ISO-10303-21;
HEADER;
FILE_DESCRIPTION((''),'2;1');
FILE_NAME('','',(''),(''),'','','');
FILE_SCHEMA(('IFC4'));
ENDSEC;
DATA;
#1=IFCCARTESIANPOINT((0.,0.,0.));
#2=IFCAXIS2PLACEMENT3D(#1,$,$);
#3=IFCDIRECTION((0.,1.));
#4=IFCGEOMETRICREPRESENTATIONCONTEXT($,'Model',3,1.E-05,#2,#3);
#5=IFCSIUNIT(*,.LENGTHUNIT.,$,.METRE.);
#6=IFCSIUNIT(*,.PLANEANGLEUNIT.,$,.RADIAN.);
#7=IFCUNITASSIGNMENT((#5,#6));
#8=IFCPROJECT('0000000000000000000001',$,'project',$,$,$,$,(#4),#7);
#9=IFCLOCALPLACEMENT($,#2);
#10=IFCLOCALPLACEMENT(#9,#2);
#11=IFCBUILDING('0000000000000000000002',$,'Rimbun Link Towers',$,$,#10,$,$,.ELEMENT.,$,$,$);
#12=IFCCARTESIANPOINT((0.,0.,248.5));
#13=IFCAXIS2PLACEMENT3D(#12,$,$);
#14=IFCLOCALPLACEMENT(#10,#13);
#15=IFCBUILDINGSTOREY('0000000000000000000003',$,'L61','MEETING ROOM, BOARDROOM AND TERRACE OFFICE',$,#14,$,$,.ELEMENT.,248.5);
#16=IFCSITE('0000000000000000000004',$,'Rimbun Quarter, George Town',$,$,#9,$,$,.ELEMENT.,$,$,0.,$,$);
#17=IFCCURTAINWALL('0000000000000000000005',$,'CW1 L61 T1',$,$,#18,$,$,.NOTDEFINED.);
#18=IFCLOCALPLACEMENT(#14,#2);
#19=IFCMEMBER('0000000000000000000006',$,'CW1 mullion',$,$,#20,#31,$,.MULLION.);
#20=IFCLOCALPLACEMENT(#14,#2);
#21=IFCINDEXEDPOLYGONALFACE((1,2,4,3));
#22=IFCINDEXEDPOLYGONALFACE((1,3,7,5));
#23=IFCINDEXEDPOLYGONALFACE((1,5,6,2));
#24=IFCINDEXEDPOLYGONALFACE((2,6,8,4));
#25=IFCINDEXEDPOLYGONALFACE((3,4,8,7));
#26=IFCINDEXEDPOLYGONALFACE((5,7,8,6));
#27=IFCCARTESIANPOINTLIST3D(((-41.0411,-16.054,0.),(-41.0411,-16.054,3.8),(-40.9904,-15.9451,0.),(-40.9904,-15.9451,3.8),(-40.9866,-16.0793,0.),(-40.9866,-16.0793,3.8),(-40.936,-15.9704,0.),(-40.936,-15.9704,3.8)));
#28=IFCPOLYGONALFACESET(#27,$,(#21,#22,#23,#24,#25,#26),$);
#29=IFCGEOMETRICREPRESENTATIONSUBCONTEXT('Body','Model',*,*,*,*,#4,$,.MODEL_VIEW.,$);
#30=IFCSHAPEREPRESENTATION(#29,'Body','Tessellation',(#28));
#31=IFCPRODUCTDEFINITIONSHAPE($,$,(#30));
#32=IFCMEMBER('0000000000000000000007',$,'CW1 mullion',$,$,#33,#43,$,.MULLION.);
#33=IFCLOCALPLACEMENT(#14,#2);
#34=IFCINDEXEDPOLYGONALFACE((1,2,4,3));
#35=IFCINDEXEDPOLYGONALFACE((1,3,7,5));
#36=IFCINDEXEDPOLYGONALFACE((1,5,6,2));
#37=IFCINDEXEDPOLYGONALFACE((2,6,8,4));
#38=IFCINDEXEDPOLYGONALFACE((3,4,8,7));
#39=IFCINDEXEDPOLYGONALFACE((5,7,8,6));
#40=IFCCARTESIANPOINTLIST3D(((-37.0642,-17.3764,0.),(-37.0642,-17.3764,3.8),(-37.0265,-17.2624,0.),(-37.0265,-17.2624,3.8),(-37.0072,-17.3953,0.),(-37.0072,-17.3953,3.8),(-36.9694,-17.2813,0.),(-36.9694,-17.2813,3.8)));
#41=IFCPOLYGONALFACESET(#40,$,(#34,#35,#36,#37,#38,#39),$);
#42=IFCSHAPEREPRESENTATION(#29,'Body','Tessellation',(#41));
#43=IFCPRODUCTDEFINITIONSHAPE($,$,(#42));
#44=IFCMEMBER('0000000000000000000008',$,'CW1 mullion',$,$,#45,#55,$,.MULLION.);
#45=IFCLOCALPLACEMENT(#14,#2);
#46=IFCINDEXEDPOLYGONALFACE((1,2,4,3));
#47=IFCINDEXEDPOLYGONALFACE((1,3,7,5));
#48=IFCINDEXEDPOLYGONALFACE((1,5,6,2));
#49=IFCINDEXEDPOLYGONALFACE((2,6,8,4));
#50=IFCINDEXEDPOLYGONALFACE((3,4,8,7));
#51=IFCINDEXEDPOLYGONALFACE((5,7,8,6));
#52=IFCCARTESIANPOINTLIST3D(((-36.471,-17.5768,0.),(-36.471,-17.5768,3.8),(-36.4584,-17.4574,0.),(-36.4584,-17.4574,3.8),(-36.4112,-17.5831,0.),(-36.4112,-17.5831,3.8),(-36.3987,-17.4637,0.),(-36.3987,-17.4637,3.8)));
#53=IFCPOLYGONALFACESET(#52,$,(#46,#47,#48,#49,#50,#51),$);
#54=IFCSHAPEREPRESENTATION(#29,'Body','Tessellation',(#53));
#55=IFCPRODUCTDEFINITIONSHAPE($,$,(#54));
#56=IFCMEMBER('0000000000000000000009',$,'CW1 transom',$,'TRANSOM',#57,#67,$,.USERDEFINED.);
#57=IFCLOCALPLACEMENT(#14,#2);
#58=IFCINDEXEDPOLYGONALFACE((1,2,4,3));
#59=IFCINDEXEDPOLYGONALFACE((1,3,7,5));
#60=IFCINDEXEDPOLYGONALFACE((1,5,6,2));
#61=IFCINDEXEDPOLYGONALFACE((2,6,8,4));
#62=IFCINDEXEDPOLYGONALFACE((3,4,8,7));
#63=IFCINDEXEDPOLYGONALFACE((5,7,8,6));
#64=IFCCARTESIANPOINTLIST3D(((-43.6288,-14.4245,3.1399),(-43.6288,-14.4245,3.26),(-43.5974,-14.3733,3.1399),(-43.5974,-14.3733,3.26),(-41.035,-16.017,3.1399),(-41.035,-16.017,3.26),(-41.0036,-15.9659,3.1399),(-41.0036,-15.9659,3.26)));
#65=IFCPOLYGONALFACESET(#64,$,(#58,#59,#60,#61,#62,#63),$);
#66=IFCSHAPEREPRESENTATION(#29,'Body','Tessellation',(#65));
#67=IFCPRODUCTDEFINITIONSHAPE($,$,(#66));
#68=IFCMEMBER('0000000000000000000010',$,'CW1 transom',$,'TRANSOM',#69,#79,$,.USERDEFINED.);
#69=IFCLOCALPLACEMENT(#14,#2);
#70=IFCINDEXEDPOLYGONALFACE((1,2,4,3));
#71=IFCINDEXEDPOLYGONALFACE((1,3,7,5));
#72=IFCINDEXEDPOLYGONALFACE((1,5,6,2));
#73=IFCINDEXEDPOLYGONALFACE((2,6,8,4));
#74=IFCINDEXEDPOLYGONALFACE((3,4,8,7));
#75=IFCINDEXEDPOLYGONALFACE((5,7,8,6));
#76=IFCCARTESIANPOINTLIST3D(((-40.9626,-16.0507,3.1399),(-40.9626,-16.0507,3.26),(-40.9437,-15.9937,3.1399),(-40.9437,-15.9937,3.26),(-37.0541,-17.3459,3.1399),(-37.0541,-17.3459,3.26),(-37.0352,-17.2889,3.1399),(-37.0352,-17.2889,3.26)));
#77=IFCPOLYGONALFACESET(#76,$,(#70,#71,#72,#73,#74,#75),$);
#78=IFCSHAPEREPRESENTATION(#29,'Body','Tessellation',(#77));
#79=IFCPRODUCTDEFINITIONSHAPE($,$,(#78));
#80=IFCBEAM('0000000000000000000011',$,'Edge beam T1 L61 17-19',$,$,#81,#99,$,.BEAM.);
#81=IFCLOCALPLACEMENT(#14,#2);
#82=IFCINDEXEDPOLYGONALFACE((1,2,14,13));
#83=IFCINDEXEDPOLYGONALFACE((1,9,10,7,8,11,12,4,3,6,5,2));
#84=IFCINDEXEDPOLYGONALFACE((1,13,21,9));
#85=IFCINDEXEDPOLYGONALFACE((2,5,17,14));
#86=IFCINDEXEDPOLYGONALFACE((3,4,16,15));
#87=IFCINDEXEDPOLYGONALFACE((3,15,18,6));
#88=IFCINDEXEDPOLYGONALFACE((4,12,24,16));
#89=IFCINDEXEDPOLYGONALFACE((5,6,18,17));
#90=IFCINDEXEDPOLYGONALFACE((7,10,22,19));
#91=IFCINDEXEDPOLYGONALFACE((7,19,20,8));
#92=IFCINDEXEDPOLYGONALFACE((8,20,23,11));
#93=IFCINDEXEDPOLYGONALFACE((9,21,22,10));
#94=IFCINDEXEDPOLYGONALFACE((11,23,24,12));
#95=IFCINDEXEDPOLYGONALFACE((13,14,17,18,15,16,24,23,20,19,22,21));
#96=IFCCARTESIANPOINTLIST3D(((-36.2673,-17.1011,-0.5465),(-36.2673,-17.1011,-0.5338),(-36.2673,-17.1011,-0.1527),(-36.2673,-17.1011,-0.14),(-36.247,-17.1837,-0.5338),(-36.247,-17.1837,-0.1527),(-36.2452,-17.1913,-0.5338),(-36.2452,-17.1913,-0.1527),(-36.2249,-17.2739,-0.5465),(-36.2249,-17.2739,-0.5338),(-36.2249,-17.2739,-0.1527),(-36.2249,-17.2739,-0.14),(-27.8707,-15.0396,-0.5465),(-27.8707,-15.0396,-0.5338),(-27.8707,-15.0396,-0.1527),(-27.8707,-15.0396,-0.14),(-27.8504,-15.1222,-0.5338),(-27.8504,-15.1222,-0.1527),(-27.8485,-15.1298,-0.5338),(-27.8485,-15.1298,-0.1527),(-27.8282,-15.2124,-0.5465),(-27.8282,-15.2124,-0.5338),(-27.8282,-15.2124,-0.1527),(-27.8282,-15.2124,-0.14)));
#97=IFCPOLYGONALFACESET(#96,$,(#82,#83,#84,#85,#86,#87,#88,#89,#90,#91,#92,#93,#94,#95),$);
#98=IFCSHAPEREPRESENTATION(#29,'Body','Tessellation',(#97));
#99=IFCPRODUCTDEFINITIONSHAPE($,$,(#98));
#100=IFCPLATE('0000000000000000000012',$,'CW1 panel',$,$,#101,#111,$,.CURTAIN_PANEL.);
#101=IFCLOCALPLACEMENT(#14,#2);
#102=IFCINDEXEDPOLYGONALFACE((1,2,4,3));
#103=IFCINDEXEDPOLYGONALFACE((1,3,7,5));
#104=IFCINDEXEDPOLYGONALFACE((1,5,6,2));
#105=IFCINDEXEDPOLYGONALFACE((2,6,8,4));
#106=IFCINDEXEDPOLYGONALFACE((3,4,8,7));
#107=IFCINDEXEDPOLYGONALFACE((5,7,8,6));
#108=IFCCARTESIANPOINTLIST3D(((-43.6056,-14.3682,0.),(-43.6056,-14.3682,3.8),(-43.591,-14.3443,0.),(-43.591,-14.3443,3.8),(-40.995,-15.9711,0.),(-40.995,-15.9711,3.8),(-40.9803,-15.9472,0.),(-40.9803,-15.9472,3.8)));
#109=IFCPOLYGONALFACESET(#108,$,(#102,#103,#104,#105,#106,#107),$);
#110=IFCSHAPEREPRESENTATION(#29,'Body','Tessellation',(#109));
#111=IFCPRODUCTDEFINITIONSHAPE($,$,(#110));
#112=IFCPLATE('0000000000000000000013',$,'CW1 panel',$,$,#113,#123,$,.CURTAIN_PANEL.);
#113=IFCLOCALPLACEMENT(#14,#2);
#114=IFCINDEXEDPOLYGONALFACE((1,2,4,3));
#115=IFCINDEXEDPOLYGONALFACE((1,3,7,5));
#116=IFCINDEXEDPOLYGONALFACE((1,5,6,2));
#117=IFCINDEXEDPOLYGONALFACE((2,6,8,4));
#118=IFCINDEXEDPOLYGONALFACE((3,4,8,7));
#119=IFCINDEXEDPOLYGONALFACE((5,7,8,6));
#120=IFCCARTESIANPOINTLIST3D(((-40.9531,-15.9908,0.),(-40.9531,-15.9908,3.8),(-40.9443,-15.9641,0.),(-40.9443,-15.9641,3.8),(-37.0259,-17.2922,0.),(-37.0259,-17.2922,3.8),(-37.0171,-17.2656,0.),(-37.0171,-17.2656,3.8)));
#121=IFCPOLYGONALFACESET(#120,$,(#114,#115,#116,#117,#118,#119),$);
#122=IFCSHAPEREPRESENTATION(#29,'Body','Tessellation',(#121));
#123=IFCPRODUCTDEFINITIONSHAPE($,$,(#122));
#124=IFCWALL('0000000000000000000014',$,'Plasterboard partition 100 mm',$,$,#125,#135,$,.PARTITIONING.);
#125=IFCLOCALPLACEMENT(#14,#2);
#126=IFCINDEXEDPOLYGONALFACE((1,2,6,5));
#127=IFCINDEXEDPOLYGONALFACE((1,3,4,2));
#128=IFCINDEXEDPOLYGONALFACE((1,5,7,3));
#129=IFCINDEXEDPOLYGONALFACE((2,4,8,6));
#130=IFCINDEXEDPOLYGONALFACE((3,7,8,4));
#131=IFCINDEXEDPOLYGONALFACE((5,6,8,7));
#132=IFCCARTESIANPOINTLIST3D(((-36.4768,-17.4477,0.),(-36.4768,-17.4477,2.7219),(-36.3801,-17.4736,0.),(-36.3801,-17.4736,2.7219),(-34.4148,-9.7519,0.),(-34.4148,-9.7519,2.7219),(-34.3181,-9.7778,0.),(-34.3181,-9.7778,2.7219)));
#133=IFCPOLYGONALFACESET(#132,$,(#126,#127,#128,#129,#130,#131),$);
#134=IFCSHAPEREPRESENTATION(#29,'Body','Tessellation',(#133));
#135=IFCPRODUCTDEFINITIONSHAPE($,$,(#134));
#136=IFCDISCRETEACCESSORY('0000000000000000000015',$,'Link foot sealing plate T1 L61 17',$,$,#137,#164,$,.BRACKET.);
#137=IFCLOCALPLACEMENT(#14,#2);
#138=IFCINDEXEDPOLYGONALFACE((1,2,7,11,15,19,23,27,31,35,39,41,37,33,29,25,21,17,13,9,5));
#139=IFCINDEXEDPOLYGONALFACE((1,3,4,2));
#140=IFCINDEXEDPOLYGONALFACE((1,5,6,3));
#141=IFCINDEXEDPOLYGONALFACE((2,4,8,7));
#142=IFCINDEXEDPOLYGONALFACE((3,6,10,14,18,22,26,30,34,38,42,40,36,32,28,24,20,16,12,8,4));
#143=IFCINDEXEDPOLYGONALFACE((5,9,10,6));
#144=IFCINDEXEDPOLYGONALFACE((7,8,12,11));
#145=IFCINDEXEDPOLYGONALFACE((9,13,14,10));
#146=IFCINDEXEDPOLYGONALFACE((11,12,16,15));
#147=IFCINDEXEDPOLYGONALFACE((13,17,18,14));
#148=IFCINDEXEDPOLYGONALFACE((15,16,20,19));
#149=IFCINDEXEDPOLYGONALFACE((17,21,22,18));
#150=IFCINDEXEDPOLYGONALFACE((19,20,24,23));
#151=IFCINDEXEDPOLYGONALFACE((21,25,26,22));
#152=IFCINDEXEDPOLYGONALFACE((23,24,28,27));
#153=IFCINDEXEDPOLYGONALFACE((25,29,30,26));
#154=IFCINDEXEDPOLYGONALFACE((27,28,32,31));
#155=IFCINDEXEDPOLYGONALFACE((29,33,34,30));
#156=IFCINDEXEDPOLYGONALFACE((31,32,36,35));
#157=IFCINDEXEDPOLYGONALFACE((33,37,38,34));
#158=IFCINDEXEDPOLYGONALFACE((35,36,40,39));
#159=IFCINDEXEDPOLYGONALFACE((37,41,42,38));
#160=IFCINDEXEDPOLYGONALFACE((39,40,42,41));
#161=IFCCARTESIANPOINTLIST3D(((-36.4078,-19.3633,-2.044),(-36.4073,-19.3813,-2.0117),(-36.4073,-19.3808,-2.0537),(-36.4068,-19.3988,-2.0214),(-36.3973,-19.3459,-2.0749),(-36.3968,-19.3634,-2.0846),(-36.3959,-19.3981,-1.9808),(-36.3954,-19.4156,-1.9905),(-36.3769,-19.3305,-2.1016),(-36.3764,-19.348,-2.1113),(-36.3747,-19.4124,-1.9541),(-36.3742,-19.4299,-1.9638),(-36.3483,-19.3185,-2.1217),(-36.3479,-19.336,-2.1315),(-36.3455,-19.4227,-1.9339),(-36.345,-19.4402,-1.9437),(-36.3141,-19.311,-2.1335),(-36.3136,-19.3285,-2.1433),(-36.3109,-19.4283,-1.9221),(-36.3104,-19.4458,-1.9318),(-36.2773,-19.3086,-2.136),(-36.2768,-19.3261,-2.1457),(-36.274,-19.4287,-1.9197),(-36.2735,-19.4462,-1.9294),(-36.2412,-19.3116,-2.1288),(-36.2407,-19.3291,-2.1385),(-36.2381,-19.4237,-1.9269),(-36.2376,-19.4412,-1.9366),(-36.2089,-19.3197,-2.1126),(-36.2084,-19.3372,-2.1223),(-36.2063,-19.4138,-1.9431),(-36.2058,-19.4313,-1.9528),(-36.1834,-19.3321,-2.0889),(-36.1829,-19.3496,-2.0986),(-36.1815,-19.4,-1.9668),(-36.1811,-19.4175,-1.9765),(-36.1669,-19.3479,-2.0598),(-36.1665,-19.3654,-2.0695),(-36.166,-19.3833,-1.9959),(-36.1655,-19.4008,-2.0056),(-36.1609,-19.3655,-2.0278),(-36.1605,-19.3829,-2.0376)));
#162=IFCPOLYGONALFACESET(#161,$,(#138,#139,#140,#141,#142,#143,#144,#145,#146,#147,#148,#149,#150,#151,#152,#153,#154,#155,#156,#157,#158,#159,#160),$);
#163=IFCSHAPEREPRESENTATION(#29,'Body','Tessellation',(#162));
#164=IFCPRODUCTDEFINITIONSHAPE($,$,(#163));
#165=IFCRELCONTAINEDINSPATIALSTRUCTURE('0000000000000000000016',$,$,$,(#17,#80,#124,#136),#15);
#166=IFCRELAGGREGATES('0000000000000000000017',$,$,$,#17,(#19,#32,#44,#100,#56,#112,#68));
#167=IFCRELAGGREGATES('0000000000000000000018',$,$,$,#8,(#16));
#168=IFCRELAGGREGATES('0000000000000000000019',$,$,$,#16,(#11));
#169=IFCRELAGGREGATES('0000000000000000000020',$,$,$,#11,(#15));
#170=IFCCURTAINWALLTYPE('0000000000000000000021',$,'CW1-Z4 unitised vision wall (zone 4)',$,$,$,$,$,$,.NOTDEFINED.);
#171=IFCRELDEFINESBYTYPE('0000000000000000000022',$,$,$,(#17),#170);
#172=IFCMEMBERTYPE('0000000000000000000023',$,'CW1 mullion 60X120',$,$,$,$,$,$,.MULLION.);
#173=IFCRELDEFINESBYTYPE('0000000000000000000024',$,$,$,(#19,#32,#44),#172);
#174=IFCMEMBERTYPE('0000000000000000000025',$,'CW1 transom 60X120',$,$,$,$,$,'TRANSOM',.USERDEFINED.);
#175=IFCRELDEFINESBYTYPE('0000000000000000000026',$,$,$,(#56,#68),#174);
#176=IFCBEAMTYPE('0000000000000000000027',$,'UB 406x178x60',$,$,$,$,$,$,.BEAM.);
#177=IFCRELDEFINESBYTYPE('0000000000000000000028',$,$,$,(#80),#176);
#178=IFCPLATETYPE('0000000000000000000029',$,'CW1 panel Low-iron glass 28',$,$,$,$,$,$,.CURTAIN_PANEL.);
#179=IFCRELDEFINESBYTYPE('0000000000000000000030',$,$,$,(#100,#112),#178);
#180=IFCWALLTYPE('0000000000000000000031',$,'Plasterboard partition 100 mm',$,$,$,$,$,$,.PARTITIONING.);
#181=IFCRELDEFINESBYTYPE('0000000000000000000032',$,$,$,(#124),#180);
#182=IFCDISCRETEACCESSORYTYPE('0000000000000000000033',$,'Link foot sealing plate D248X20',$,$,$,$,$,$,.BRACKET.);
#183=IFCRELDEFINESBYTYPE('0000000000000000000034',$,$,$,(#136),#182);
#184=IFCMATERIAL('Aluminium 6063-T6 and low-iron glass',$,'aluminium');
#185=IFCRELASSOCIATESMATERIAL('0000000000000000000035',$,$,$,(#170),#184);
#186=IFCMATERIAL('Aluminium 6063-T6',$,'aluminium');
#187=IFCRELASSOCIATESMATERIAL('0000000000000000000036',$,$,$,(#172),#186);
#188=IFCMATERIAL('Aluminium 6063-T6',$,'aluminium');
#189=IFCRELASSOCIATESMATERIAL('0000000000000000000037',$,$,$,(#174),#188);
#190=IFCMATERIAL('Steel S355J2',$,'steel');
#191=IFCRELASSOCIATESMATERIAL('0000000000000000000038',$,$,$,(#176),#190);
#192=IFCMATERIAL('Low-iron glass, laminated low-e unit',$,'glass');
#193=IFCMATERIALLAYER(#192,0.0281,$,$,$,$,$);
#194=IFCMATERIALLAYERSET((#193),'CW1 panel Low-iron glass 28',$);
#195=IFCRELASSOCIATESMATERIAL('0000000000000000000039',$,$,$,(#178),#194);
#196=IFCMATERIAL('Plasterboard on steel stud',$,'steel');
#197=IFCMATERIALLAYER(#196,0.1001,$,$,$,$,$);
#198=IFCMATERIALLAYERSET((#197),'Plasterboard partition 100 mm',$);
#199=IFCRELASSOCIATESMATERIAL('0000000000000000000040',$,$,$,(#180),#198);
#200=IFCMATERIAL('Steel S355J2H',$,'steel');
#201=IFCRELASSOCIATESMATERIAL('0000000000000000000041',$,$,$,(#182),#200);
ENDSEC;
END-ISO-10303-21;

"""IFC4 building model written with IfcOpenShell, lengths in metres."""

from ifc_helpers import new_model, si_unit, direction, frame, frame_2d, origin, origin_2d, place, context, subcontext, project, spatial, rectangle, circle, i_section, extrude, material, layer, layer_set, material_profile, profile_set, type_object, element, aggregate, save


model = new_model("IFC4")

# Units and contexts
model_context = context("Model", 3, precision=1e-05, world=origin(), true_north=direction((0.0, 1.0)))
body_context = subcontext(model_context, "Body", "Model", "MODEL_VIEW")
ifc_project = project(units=[si_unit("LENGTHUNIT", "METRE"), si_unit("PLANEANGLEUNIT", "RADIAN")], contexts=[model_context])

# Site, building, storey
site_placement = place(None, origin())
site = spatial("IfcSite", under=ifc_project, at=site_placement, Name="Rimbun Quarter, George Town", CompositionType="ELEMENT", RefElevation=0.0)
building_placement = place(site_placement, origin())
building = spatial("IfcBuilding", under=site, at=building_placement, Name="Rimbun Link Towers", CompositionType="ELEMENT")
storey_placement = place(building_placement, frame((0.0, 0.0, 248.5)))
storey = spatial("IfcBuildingStorey", under=building, at=storey_placement, Name="L61", Description="MEETING ROOM, BOARDROOM AND TERRACE OFFICE", CompositionType="ELEMENT", Elevation=248.5)

# Curtain wall, members
ifc_material_1 = material(Name="Aluminium 6063-T6 and low-iron glass", Category="aluminium")
curtain_wall_type = type_object("IfcCurtainWallType", Name="CW1-Z4 unitised vision wall (zone 4)", PredefinedType="NOTDEFINED", material=ifc_material_1)
curtain_wall_placement = place(storey_placement, origin())
curtain_wall = element("IfcCurtainWall", 1, at=curtain_wall_placement, inside=storey, type_object=curtain_wall_type, Name="CW1 L61 T1", PredefinedType="NOTDEFINED")
ifc_material_2 = material(Name="Aluminium 6063-T6", Category="aluminium")
ifc_material_profile_1 = material_profile(ifc_material_2, rectangle(XDim=0.1201, YDim=0.0601, at=origin_2d()), Name="MULLION 60X120")
ifc_profile_set_1 = profile_set([ifc_material_profile_1], Name="Aluminium 6063-T6")
member_type_1 = type_object("IfcMemberType", Name="CW1 mullion 60X120", PredefinedType="MULLION", material=ifc_profile_set_1)
member_1_placement = place(storey_placement, frame((-40.9885, -16.0122, 0.0), z_axis=(0.0, 0.0, 1.0), x_axis=(-0.4217, -0.906735, 0.0)))
member_1 = element("IfcMember", 2, at=member_1_placement, type_object=member_type_1, Name="CW1 mullion", PredefinedType="MULLION", context=body_context, shape_type="SweptSolid", body=[
    extrude(rectangle(XDim=0.1201, YDim=0.0601, at=origin_2d()), origin(), (0.0, 0.0, 1.0), 3.8),
])
member_2_placement = place(storey_placement, frame((-37.0168, -17.3289, 0.0), z_axis=(0.0, 0.0, 1.0), x_axis=(-0.314569, -0.949234, 0.0)))
member_2 = element("IfcMember", 3, at=member_2_placement, type_object=member_type_1, Name="CW1 mullion", PredefinedType="MULLION", context=body_context, shape_type="SweptSolid", body=[
    extrude(rectangle(XDim=0.1201, YDim=0.0601, at=origin_2d()), origin(), (0.0, 0.0, 1.0), 3.8),
])
member_3_placement = place(storey_placement, frame((-36.4348, -17.5203, 0.0), z_axis=(0.0, 0.0, 1.0), x_axis=(-0.104732, -0.9945, 0.0)))
member_3 = element("IfcMember", 4, at=member_3_placement, type_object=member_type_1, Name="CW1 mullion", PredefinedType="MULLION", context=body_context, shape_type="SweptSolid", body=[
    extrude(rectangle(XDim=0.1201, YDim=0.0601, at=origin_2d()), origin(), (0.0, 0.0, 1.0), 3.8),
])
ifc_material_3 = material(Name="Aluminium 6063-T6", Category="aluminium")
ifc_material_profile_2 = material_profile(ifc_material_3, rectangle(XDim=0.0601, YDim=0.1201, at=origin_2d()), Name="TRANSOM 60X120")
ifc_profile_set_2 = profile_set([ifc_material_profile_2], Name="Aluminium 6063-T6")
member_type_2 = type_object("IfcMemberType", Name="CW1 transom 60X120", ElementType="TRANSOM", PredefinedType="USERDEFINED", material=ifc_profile_set_2)
member_4_placement = place(storey_placement, frame((-41.0193, -15.9915, 3.2), z_axis=(-0.852189, 0.523233, 0.0), x_axis=(-0.523233, -0.852189, 0.0)))
member_4 = element("IfcMember", 5, at=member_4_placement, type_object=member_type_2, Name="CW1 transom", ObjectType="TRANSOM", PredefinedType="USERDEFINED", context=body_context, shape_type="SweptSolid", body=[
    extrude(rectangle(XDim=0.0601, YDim=0.1201, at=origin_2d()), origin(), (0.0, 0.0, 1.0), 3.0437),
])
member_5_placement = place(storey_placement, frame((-37.0447, -17.3174, 3.2), z_axis=(-0.949239, 0.314555, 0.0), x_axis=(-0.314555, -0.949239, 0.0)))
member_5 = element("IfcMember", 6, at=member_5_placement, type_object=member_type_2, Name="CW1 transom", ObjectType="TRANSOM", PredefinedType="USERDEFINED", context=body_context, shape_type="SweptSolid", body=[
    extrude(rectangle(XDim=0.0601, YDim=0.1201, at=origin_2d()), origin(), (0.0, 0.0, 1.0), 4.1174),
])

# Beam
ifc_material_4 = material(Name="Steel S355J2", Category="steel")
ifc_material_profile_3 = material_profile(ifc_material_4, i_section(OverallWidth=0.178, OverallDepth=0.4065, WebThickness=0.0078, FlangeThickness=0.0127, at=origin_2d()), Name="UB 406x178x60")
ifc_profile_set_3 = profile_set([ifc_material_profile_3], Name="Steel S355J2")
beam_type = type_object("IfcBeamType", Name="UB 406x178x60", PredefinedType="BEAM", material=ifc_profile_set_3)
beam_placement = place(storey_placement, frame((-36.2461, -17.1875, -0.3433), z_axis=(0.971159, 0.238434, 0.0), x_axis=(-0.238434, 0.971159, 0.0)))
element("IfcBeam", 7, at=beam_placement, inside=storey, type_object=beam_type, Name="Edge beam T1 L61 17-19", PredefinedType="BEAM", context=body_context, shape_type="SweptSolid", body=[
    extrude(i_section(OverallWidth=0.178, OverallDepth=0.4065, WebThickness=0.0078, FlangeThickness=0.0127, at=origin_2d()), origin(), (0.0, 0.0, 1.0), 8.646),
])

# Plates
ifc_material_5 = material(Name="Low-iron glass, laminated low-e unit", Category="glass")
ifc_layer_1 = layer(ifc_material_5, 0.0281)
ifc_layer_set_1 = layer_set([ifc_layer_1], Name="CW1 panel Low-iron glass 28")
plate_type = type_object("IfcPlateType", Name="CW1 panel Low-iron glass 28", PredefinedType="CURTAIN_PANEL", material=ifc_layer_set_1)
plate_1_placement = place(storey_placement, frame((-42.293, -15.1577, 0.0), z_axis=(0.0, 0.0, 1.0), x_axis=(-0.852192, 0.523229, 0.0)))
plate_1 = element("IfcPlate", 8, at=plate_1_placement, type_object=plate_type, Name="CW1 panel", PredefinedType="CURTAIN_PANEL", context=body_context, shape_type="SweptSolid", body=[
    extrude(rectangle(XDim=3.0635, YDim=0.0281, at=origin_2d()), origin(), (0.0, 0.0, 1.0), 3.8),
])
plate_2_placement = place(storey_placement, frame((-38.9851, -16.6282, 0.0), z_axis=(0.0, 0.0, 1.0), x_axis=(-0.949234, 0.314569, 0.0)))
plate_2 = element("IfcPlate", 9, at=plate_2_placement, type_object=plate_type, Name="CW1 panel", PredefinedType="CURTAIN_PANEL", context=body_context, shape_type="SweptSolid", body=[
    extrude(rectangle(XDim=4.1372, YDim=0.0281, at=origin_2d()), origin(), (0.0, 0.0, 1.0), 3.8),
])
aggregate(curtain_wall, [member_1, member_2, member_3, plate_1, member_4, plate_2, member_5])

# Wall
ifc_material_6 = material(Name="Plasterboard on steel stud", Category="steel")
ifc_layer_2 = layer(ifc_material_6, 0.1001)
ifc_layer_set_2 = layer_set([ifc_layer_2], Name="Plasterboard partition 100 mm")
wall_type = type_object("IfcWallType", Name="Plasterboard partition 100 mm", PredefinedType="PARTITIONING", material=ifc_layer_set_2)
wall_placement = place(storey_placement, frame((-36.4285, -17.4607, 0.0), z_axis=(0.0, 0.0, 1.0), x_axis=(0.258811, 0.965928, 0.0)))
element("IfcWall", 10, at=wall_placement, inside=storey, type_object=wall_type, Name="Plasterboard partition 100 mm", PredefinedType="PARTITIONING", context=body_context, shape_type="SweptSolid", body=[
    extrude(rectangle(XDim=7.9673, YDim=0.1001, at=frame_2d((3.9836, 0.0))), origin(), (0.0, 0.0, 1.0), 2.7219),
])

# Discrete accessory
ifc_material_7 = material(Name="Steel S355J2H", Category="steel")
ifc_material_profile_4 = material_profile(ifc_material_7, circle(Radius=0.124, at=origin_2d()), Name="PL D248")
ifc_profile_set_4 = profile_set([ifc_material_profile_4], Name="Steel S355J2H")
discrete_accessory_type = type_object("IfcDiscreteAccessoryType", Name="Link foot sealing plate D248X20", PredefinedType="BRACKET", material=ifc_profile_set_4)
discrete_accessory_1_placement = place(storey_placement, frame((-36.2849, -19.3689, -2.0278), z_axis=(0.024275, -0.8739, -0.4855), x_axis=(0.999614, 0.027767, 0.0)))
element("IfcDiscreteAccessory", 11, at=discrete_accessory_1_placement, inside=storey, type_object=discrete_accessory_type, Name="Link foot sealing plate T1 L61 17", PredefinedType="BRACKET", context=body_context, shape_type="SweptSolid", body=[
    extrude(circle(Radius=0.124, at=origin_2d()), origin(), (0.0, 0.0, 1.0), 0.02),
])

save(model, "model.ifc")
